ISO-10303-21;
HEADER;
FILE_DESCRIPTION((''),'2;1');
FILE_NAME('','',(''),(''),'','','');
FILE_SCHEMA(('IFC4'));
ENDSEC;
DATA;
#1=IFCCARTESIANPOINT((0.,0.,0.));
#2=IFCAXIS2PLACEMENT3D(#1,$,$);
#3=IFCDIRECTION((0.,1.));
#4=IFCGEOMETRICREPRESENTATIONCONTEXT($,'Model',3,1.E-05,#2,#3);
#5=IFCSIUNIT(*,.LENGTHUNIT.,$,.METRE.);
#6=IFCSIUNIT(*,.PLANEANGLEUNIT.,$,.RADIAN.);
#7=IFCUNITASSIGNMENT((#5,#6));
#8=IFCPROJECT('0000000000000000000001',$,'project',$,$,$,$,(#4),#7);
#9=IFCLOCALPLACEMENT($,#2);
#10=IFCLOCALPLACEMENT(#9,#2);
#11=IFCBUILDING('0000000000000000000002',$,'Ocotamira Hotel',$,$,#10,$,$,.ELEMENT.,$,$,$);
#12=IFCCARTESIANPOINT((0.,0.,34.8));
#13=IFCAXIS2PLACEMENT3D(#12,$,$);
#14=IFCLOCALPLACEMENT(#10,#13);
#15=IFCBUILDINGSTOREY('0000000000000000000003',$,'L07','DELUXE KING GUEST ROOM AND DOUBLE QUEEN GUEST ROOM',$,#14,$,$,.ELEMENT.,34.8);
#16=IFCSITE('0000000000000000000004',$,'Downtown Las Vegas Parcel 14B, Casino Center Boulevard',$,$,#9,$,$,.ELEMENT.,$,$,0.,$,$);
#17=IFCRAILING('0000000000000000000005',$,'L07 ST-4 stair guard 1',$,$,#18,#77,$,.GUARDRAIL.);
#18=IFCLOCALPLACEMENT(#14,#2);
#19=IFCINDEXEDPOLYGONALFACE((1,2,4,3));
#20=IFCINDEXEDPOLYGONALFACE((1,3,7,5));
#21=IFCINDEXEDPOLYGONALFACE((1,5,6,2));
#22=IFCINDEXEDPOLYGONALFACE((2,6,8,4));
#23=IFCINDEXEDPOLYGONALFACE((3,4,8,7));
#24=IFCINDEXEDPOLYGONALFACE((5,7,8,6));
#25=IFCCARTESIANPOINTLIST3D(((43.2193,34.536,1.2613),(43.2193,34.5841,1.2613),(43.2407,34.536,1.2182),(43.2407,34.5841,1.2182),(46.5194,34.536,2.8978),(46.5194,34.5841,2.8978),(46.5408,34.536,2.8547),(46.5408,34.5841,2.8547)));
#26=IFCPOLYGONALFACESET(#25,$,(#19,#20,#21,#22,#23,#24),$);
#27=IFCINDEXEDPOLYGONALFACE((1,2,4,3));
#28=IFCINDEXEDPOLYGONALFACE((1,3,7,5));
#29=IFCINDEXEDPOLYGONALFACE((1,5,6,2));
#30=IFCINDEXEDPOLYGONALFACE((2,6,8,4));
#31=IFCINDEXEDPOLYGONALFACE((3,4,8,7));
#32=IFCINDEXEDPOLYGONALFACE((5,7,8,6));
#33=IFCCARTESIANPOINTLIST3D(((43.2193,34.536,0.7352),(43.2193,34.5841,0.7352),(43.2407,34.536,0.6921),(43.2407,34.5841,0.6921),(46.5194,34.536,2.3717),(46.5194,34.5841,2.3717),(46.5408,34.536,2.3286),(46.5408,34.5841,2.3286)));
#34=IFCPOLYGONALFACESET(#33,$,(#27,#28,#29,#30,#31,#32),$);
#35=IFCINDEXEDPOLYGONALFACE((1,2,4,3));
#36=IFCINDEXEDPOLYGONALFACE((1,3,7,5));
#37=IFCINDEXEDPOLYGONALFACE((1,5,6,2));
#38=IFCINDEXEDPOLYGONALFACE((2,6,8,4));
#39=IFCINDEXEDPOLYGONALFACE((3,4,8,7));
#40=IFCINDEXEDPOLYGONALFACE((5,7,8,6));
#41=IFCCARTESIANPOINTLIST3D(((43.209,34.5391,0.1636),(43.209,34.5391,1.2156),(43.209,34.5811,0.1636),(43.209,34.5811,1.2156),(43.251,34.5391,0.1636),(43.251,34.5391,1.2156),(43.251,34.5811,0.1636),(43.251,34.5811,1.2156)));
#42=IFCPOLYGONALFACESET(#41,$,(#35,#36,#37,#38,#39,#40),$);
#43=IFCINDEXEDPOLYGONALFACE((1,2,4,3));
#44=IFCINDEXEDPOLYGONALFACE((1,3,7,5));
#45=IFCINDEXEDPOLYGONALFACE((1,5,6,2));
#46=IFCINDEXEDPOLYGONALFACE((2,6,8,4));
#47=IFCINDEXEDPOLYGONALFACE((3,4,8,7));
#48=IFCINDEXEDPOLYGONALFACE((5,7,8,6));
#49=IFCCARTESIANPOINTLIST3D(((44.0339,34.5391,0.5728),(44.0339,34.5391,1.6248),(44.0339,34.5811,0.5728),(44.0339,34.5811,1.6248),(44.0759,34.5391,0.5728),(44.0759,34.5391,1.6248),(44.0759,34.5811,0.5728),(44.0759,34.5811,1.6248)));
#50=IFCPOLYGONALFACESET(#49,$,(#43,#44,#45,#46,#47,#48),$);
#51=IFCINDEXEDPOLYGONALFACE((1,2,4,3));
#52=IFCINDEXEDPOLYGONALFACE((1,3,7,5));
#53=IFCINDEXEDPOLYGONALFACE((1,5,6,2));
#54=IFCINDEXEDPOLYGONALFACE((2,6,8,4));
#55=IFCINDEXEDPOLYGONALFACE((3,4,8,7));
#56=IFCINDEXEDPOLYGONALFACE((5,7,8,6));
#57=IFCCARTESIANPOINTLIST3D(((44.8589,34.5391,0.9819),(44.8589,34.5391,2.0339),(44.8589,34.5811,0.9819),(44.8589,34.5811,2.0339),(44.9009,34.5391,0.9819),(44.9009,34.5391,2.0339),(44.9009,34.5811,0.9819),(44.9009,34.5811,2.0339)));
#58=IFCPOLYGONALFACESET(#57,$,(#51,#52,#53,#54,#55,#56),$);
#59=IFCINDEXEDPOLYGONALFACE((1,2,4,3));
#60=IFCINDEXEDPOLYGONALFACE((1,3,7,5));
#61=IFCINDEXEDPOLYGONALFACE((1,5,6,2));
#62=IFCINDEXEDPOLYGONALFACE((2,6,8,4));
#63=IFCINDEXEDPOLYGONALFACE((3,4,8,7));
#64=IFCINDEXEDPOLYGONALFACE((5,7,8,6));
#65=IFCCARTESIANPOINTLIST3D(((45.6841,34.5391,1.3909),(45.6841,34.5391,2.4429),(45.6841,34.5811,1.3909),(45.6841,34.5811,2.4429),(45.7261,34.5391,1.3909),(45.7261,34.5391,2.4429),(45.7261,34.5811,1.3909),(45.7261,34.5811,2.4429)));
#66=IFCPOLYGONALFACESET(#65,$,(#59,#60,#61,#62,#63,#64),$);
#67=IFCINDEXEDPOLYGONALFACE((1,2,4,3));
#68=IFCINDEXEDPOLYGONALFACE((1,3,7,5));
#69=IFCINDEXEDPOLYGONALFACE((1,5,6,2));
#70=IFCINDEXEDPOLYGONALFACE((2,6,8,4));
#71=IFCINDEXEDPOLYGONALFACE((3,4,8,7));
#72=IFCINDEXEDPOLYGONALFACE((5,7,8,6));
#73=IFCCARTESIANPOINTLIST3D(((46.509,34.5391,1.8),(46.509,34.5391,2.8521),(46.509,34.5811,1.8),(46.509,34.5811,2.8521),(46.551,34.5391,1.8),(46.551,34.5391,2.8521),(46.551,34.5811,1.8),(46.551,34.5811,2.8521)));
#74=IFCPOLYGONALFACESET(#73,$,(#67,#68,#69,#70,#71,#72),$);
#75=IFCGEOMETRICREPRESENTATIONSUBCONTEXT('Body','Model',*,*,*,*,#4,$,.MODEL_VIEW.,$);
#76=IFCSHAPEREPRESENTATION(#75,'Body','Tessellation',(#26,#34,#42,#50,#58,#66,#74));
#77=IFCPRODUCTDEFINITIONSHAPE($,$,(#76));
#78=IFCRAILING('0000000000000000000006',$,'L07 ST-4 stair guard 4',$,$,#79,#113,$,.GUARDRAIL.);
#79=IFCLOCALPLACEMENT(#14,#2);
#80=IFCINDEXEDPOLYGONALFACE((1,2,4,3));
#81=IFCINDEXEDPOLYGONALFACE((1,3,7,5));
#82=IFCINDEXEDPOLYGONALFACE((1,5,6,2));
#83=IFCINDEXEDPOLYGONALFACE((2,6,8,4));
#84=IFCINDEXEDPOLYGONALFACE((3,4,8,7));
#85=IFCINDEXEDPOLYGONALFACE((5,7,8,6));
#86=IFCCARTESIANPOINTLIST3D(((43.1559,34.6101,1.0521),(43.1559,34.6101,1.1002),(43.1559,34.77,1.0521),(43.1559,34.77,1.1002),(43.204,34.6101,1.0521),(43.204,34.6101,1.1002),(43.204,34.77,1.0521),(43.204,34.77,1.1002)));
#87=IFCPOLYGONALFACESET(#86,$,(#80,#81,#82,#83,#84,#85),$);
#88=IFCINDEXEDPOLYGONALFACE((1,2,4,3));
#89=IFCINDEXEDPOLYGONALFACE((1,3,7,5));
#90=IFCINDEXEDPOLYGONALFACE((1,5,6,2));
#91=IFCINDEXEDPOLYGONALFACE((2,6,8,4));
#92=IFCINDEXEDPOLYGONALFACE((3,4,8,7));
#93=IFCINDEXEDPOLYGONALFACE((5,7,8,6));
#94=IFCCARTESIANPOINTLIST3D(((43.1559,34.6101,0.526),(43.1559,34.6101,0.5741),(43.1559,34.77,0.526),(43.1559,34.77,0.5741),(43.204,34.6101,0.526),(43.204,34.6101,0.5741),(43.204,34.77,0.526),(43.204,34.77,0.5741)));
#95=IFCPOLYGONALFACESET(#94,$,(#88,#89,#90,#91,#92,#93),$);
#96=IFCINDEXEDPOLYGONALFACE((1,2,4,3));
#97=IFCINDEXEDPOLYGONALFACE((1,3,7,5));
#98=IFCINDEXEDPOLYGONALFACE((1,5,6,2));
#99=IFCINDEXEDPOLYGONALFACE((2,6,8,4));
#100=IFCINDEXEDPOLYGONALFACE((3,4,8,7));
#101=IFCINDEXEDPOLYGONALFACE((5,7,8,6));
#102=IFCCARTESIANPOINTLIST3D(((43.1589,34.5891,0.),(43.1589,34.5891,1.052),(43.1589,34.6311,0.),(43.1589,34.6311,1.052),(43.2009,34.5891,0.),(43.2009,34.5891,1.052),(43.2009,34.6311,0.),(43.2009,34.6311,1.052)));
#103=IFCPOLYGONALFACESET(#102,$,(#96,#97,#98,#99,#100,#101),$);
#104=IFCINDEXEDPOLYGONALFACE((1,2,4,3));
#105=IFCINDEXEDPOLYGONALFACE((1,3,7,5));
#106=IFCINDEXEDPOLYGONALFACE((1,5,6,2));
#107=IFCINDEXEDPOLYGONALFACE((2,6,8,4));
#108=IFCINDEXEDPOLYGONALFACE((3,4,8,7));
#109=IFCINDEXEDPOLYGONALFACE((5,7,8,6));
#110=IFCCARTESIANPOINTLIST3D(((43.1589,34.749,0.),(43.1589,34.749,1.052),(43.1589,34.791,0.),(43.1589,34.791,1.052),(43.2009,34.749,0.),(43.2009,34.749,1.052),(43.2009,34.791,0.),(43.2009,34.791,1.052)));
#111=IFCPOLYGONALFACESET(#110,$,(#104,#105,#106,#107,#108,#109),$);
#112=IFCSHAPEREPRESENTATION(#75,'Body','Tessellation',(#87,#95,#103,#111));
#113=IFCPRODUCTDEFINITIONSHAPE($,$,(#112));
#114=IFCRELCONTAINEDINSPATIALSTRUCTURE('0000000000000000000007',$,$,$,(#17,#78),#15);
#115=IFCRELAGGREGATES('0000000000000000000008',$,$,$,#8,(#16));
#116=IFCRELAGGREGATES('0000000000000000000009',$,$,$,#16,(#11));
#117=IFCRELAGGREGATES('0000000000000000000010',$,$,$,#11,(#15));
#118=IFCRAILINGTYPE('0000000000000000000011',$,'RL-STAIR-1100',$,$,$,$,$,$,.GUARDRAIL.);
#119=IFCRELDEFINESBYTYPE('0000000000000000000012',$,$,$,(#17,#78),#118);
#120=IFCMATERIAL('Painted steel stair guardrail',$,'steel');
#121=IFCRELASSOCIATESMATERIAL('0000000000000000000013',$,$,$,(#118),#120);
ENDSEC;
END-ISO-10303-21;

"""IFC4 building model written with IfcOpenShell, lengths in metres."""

from ifc_helpers import new_model, si_unit, direction, frame, origin, origin_2d, place, context, subcontext, project, spatial, rectangle, extrude, material, type_object, element, save


model = new_model("IFC4")

# Units and contexts
model_context = context("Model", 3, precision=1e-05, world=origin(), true_north=direction((0.0, 1.0)))
body_context = subcontext(model_context, "Body", "Model", "MODEL_VIEW")
ifc_project = project(units=[si_unit("LENGTHUNIT", "METRE"), si_unit("PLANEANGLEUNIT", "RADIAN")], contexts=[model_context])

# Site, building, storey
site_placement = place(None, origin())
site = spatial("IfcSite", under=ifc_project, at=site_placement, Name="Downtown Las Vegas Parcel 14B, Casino Center Boulevard", CompositionType="ELEMENT", RefElevation=0.0)
building_placement = place(site_placement, origin())
building = spatial("IfcBuilding", under=site, at=building_placement, Name="Ocotamira Hotel", CompositionType="ELEMENT")
storey_placement = place(building_placement, frame((0.0, 0.0, 34.8)))
storey = spatial("IfcBuildingStorey", under=building, at=storey_placement, Name="L07", Description="DELUXE KING GUEST ROOM AND DOUBLE QUEEN GUEST ROOM", CompositionType="ELEMENT", Elevation=34.8)

# Railings
ifc_material_1 = material(Name="Painted steel stair guardrail", Category="steel")
railing_type_1 = type_object("IfcRailingType", Name="RL-STAIR-1100", PredefinedType="GUARDRAIL", material=ifc_material_1)
railing_1_placement = place(storey_placement, frame((43.23, 34.5601, 0.1636)))
element("IfcRailing", 1, at=railing_1_placement, inside=storey, type_object=railing_type_1, Name="L07 ST-4 stair guard 1", PredefinedType="GUARDRAIL", context=body_context, shape_type="SweptSolid", body=[
    extrude(rectangle(XDim=0.0481, YDim=0.0481, at=origin_2d()), frame((0.0, 0.0, 1.0762), z_axis=(0.895894, 0.0, 0.444268), x_axis=(0.0, 1.0, 0.0)), (0.0, 0.0, 1.0), 3.6836),
    extrude(rectangle(XDim=0.0481, YDim=0.0481, at=origin_2d()), frame((0.0, 0.0, 0.55), z_axis=(0.895894, 0.0, 0.444268), x_axis=(0.0, 1.0, 0.0)), (0.0, 0.0, 1.0), 3.6836),
    extrude(rectangle(XDim=0.042, YDim=0.042, at=origin_2d()), origin(), (0.0, 0.0, 1.0), 1.052),
    extrude(rectangle(XDim=0.042, YDim=0.042, at=origin_2d()), frame((0.825, 0.0, 0.4092)), (0.0, 0.0, 1.0), 1.052),
    extrude(rectangle(XDim=0.042, YDim=0.042, at=origin_2d()), frame((1.6499, 0.0, 0.8184)), (0.0, 0.0, 1.0), 1.052),
    extrude(rectangle(XDim=0.042, YDim=0.042, at=origin_2d()), frame((2.4751, 0.0, 1.2273)), (0.0, 0.0, 1.0), 1.052),
    extrude(rectangle(XDim=0.042, YDim=0.042, at=origin_2d()), frame((3.3, 0.0, 1.6365)), (0.0, 0.0, 1.0), 1.052),
])
railing_2_placement = place(storey_placement, frame((43.1799, 34.6101, 0.0)))
element("IfcRailing", 2, at=railing_2_placement, inside=storey, type_object=railing_type_1, Name="L07 ST-4 stair guard 4", PredefinedType="GUARDRAIL", context=body_context, shape_type="SweptSolid", body=[
    extrude(rectangle(XDim=0.0481, YDim=0.0481, at=origin_2d()), frame((0.0, 0.0, 1.0762), z_axis=(0.0, 1.0, 0.0), x_axis=(-1.0, 0.0, 0.0)), (0.0, 0.0, 1.0), 0.1599),
    extrude(rectangle(XDim=0.0481, YDim=0.0481, at=origin_2d()), frame((0.0, 0.0, 0.55), z_axis=(0.0, 1.0, 0.0), x_axis=(-1.0, 0.0, 0.0)), (0.0, 0.0, 1.0), 0.1599),
    extrude(rectangle(XDim=0.042, YDim=0.042, at=origin_2d()), origin(), (0.0, 0.0, 1.0), 1.052),
    extrude(rectangle(XDim=0.042, YDim=0.042, at=origin_2d()), frame((0.0, 0.1599, 0.0)), (0.0, 0.0, 1.0), 1.052),
])

save(model, "model.ifc")
